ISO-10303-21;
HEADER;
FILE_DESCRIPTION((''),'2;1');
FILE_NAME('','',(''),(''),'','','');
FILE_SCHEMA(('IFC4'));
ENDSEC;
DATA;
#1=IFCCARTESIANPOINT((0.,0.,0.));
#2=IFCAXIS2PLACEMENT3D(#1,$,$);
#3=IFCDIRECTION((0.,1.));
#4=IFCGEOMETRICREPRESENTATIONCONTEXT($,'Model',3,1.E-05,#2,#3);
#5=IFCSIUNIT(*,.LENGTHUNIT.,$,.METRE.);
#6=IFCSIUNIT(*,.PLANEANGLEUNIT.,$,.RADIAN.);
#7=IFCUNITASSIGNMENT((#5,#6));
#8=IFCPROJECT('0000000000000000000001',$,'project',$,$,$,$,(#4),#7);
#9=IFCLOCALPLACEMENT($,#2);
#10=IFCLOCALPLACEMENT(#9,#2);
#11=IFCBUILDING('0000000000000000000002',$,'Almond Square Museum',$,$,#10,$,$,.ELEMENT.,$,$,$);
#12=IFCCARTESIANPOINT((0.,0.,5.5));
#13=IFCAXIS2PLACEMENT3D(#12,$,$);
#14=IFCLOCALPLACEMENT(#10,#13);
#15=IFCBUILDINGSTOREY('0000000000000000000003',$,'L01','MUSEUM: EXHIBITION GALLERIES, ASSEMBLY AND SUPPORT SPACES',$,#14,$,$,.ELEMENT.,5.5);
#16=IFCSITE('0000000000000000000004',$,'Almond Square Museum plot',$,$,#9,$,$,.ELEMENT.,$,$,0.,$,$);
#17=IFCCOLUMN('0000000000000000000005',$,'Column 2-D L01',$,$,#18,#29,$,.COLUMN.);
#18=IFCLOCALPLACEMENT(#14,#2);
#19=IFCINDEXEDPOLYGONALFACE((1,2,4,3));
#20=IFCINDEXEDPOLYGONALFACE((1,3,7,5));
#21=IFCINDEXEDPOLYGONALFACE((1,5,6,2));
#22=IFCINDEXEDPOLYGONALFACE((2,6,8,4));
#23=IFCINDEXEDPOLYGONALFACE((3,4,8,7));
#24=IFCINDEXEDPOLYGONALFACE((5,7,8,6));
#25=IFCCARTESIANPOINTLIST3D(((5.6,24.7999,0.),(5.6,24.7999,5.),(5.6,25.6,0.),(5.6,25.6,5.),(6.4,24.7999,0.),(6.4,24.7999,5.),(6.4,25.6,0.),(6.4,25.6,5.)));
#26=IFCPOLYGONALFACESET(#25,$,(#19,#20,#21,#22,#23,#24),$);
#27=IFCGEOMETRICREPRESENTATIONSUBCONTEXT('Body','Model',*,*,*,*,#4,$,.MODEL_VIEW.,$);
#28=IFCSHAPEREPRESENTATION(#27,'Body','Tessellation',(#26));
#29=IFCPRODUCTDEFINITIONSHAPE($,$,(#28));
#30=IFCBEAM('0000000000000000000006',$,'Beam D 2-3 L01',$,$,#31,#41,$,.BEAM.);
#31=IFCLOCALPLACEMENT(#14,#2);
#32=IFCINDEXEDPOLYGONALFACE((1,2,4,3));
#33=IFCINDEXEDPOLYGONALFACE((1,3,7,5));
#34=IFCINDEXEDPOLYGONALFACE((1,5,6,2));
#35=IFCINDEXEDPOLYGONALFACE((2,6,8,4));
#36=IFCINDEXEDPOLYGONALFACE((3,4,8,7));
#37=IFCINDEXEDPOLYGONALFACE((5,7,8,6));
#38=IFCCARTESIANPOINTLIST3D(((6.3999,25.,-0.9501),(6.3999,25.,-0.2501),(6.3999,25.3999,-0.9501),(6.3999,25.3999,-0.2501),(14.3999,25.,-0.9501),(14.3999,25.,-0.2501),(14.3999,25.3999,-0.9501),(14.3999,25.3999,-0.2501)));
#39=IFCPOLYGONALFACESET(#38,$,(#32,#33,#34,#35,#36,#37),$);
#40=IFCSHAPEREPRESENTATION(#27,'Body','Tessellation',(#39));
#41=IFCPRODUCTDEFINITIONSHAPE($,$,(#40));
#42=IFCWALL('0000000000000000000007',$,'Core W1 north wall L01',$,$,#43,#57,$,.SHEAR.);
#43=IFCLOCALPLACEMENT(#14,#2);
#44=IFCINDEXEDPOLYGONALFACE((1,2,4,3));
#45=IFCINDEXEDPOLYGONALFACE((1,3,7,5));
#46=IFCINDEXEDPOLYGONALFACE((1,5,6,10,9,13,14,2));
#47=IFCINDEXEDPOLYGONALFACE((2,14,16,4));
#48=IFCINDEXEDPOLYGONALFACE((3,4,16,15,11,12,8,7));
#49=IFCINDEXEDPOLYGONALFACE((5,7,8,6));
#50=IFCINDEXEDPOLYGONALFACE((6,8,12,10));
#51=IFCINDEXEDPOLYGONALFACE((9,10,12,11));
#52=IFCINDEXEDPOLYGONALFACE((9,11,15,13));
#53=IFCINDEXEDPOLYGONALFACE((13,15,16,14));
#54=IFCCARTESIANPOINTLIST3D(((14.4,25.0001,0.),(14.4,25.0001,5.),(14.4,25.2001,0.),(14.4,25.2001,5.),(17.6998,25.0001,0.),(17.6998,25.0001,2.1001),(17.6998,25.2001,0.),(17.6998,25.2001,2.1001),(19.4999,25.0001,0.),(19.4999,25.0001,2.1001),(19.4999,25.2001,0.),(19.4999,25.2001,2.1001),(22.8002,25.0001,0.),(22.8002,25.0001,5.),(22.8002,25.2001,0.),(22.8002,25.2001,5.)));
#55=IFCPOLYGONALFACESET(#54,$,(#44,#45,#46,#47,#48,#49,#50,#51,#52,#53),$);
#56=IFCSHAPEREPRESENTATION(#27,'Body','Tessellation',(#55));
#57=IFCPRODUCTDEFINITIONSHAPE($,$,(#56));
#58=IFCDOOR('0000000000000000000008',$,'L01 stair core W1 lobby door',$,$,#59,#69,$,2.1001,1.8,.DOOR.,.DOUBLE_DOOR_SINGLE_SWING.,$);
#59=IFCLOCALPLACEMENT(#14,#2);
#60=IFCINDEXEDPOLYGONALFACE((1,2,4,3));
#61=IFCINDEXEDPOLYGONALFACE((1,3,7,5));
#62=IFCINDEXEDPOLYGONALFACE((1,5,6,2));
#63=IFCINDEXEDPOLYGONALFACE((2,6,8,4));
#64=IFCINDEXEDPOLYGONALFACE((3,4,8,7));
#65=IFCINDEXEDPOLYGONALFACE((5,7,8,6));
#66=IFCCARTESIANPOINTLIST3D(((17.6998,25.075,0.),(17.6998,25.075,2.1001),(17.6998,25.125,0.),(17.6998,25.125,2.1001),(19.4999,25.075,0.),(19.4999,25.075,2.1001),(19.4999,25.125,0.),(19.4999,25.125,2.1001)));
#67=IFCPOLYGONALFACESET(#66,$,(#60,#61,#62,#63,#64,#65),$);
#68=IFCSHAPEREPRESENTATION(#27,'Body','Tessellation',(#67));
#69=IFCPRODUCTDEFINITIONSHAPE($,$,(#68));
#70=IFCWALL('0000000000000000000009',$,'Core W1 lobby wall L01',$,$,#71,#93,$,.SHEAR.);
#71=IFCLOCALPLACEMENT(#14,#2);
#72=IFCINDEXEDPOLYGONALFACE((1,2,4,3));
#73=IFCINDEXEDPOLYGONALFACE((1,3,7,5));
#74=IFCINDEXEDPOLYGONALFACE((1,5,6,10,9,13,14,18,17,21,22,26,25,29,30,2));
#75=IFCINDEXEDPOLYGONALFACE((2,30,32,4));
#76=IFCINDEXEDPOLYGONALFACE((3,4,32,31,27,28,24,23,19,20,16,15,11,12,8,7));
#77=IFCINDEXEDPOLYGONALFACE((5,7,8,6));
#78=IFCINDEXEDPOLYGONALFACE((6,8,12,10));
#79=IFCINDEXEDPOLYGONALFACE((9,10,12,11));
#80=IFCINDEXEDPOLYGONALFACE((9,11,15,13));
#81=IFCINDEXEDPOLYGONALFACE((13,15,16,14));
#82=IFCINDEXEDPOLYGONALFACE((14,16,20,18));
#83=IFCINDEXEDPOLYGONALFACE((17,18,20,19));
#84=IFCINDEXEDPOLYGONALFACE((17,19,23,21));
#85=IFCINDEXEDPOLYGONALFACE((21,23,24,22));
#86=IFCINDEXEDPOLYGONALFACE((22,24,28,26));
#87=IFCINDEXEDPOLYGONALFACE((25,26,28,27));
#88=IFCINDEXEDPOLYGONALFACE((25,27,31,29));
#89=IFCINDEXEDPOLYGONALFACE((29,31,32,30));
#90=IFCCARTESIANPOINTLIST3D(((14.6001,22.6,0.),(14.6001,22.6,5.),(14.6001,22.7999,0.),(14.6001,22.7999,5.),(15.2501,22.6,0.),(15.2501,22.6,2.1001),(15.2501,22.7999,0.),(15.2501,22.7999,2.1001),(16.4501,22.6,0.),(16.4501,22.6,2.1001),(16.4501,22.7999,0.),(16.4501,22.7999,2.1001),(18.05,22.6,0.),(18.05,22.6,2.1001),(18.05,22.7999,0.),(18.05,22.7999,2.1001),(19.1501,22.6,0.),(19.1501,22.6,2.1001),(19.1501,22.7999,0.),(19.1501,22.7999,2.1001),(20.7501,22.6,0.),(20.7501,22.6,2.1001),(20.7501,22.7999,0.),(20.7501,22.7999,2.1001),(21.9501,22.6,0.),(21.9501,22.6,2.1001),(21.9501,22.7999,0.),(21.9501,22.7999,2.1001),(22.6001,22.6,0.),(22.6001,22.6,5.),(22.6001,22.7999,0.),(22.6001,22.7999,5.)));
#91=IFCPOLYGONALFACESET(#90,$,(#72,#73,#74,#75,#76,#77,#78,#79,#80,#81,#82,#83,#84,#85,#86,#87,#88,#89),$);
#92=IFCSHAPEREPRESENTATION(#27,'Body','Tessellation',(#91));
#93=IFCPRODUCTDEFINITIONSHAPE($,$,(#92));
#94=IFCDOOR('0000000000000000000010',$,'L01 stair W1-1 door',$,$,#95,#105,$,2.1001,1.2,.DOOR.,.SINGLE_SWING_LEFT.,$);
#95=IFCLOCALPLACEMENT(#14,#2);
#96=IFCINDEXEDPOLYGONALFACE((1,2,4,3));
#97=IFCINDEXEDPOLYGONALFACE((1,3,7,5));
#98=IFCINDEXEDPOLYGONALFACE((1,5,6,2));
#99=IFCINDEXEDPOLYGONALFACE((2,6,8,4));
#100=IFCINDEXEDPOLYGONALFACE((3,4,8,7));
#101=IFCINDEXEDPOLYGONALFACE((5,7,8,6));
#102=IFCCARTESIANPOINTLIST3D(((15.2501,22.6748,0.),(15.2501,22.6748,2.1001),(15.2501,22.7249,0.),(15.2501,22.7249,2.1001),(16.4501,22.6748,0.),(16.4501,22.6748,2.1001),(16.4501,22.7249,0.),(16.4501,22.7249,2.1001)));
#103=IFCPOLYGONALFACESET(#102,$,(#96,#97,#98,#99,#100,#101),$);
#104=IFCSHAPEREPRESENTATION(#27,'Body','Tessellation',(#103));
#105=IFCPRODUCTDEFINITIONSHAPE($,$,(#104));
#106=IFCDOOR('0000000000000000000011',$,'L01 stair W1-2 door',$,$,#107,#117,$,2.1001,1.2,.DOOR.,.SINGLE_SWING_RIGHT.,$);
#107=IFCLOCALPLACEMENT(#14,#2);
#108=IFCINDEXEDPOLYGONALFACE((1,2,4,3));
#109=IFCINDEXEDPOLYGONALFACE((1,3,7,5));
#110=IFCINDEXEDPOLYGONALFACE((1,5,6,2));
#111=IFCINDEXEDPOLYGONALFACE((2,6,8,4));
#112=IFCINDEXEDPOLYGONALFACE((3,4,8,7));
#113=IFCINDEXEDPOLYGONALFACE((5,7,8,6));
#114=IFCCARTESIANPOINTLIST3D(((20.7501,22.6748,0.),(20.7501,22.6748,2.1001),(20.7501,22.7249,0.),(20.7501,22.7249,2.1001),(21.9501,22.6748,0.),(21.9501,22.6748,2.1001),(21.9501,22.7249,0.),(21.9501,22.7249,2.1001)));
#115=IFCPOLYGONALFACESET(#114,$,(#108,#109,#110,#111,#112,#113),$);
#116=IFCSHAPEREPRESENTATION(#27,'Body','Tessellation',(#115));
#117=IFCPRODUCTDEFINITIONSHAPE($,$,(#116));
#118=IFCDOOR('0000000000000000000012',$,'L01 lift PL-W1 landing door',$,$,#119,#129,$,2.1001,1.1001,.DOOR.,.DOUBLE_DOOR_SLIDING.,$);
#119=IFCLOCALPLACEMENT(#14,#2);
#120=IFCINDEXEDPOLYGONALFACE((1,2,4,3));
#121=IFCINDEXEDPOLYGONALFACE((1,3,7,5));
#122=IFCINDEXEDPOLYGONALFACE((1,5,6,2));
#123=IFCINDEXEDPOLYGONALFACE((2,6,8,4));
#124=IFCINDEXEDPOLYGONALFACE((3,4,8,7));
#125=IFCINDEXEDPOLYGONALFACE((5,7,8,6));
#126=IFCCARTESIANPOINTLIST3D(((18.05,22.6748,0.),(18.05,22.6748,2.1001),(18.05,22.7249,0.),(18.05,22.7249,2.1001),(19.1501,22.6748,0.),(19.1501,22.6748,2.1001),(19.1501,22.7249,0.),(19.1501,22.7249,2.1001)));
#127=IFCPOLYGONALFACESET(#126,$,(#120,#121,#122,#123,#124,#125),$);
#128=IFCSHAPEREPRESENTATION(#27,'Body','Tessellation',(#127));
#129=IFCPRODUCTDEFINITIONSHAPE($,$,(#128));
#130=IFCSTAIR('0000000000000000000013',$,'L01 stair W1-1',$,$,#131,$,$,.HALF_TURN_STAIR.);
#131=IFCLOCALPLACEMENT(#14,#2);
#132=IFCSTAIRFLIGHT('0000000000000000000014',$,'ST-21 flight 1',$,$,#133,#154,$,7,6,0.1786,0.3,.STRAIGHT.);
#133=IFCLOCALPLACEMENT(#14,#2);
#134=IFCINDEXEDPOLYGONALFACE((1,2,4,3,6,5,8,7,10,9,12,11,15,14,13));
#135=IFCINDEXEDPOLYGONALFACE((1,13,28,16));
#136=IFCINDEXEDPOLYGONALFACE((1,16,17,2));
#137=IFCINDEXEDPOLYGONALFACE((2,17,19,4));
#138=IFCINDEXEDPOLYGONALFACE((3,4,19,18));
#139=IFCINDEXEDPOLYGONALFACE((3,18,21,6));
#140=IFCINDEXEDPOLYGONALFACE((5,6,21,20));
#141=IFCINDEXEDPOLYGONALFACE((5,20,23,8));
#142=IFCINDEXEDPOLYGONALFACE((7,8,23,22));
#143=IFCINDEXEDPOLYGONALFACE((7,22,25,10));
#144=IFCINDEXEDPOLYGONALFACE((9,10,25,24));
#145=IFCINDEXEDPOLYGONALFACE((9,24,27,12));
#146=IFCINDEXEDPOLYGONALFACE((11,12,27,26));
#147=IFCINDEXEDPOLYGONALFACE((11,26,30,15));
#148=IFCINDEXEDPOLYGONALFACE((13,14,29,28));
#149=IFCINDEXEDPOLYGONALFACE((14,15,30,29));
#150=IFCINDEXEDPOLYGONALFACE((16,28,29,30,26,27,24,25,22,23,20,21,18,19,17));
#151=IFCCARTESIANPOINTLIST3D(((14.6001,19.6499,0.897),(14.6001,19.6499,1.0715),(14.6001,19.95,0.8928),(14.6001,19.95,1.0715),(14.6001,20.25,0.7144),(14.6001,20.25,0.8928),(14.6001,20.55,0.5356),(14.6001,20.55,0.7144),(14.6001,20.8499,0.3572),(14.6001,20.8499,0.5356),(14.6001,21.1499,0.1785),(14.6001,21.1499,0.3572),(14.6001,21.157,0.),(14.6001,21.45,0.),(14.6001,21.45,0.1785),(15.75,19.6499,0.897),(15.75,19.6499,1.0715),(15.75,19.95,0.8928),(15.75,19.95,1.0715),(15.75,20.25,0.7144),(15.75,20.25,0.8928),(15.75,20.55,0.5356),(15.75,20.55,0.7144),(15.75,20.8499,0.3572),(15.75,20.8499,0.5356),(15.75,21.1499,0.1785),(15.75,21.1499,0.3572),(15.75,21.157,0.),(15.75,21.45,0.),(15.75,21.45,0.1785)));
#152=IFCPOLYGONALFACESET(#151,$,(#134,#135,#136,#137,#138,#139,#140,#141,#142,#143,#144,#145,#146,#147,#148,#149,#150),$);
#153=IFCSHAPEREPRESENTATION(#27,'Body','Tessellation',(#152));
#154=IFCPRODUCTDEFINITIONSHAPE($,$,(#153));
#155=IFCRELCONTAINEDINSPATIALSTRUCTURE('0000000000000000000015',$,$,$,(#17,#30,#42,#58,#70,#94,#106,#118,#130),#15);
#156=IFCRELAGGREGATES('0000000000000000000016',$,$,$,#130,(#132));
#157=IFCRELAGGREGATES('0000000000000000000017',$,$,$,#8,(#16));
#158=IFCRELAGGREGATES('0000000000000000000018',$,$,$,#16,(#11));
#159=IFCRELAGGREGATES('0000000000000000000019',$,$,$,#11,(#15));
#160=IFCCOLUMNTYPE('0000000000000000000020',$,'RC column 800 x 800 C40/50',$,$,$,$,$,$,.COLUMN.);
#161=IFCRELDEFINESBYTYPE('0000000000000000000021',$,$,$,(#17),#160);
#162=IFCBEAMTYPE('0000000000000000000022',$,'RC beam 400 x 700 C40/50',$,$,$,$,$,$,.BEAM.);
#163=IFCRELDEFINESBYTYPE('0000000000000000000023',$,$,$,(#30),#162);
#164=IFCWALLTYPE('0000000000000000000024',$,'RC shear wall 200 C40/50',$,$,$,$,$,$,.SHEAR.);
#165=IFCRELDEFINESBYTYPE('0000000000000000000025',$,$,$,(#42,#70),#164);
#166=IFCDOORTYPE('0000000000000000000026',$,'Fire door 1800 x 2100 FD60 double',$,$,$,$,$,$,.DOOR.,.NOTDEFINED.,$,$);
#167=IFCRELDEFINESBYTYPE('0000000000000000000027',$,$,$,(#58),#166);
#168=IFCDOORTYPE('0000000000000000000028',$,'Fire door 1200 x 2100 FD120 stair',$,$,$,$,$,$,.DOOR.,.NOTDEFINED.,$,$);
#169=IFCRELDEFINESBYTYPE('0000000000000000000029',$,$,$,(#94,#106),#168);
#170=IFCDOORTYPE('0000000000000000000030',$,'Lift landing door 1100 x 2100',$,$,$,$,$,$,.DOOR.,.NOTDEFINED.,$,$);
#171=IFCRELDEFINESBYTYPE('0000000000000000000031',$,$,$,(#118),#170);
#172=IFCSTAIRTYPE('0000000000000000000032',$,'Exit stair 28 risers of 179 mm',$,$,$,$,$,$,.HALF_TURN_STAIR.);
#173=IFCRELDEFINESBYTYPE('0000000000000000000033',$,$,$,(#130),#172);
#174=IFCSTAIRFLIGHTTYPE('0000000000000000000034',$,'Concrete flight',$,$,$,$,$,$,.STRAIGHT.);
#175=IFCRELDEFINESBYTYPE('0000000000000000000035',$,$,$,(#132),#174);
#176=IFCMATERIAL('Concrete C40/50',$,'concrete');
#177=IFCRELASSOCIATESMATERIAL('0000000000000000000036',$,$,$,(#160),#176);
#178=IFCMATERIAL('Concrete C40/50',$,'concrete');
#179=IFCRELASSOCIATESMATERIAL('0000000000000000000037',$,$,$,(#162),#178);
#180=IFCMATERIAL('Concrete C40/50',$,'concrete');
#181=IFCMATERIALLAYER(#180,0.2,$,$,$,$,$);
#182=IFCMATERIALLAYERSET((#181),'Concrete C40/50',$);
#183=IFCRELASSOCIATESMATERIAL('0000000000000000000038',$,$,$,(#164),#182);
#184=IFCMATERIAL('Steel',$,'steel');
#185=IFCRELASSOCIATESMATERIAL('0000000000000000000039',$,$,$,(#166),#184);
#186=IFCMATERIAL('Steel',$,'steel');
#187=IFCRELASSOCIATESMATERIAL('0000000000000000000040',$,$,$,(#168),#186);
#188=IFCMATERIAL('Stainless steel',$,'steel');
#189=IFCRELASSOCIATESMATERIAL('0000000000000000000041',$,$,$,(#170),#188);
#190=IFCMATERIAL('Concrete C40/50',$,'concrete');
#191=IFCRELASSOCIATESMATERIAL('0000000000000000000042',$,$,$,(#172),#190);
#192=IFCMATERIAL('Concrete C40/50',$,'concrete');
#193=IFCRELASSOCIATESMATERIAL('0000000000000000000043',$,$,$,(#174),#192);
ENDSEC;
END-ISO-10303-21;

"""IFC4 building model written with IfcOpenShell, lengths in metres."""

from ifc_helpers import new_model, si_unit, direction, frame, frame_2d, origin, origin_2d, place, context, subcontext, project, spatial, polyline, rectangle, outline, extrude, material, layer, layer_set, material_profile, profile_set, type_object, element, fill, aggregate, save


model = new_model("IFC4")

# Units and contexts
model_context = context("Model", 3, precision=1e-05, world=origin(), true_north=direction((0.0, 1.0)))
body_context = subcontext(model_context, "Body", "Model", "MODEL_VIEW")
ifc_project = project(units=[si_unit("LENGTHUNIT", "METRE"), si_unit("PLANEANGLEUNIT", "RADIAN")], contexts=[model_context])

# Site, building, storey
site_placement = place(None, origin())
site = spatial("IfcSite", under=ifc_project, at=site_placement, Name="Almond Square Museum plot", CompositionType="ELEMENT", RefElevation=0.0)
building_placement = place(site_placement, origin())
building = spatial("IfcBuilding", under=site, at=building_placement, Name="Almond Square Museum", CompositionType="ELEMENT")
storey_placement = place(building_placement, frame((0.0, 0.0, 5.5)))
storey = spatial("IfcBuildingStorey", under=building, at=storey_placement, Name="L01", Description="MUSEUM: EXHIBITION GALLERIES, ASSEMBLY AND SUPPORT SPACES", CompositionType="ELEMENT", Elevation=5.5)

# Column
ifc_material_1 = material(Name="Concrete C40/50", Category="concrete")
ifc_material_profile_1 = material_profile(ifc_material_1, rectangle(XDim=0.8, YDim=0.8, at=origin_2d()))
ifc_profile_set_1 = profile_set([ifc_material_profile_1], Name="Concrete C40/50")
column_type = type_object("IfcColumnType", Name="RC column 800 x 800 C40/50", PredefinedType="COLUMN", material=ifc_profile_set_1)
column_placement = place(storey_placement, frame((6.0, 25.2, 0.0), z_axis=(0.0, 0.0, 1.0), x_axis=(1.0, 0.0, 0.0)))
element("IfcColumn", 1, at=column_placement, inside=storey, type_object=column_type, Name="Column 2-D L01", PredefinedType="COLUMN", context=body_context, shape_type="SweptSolid", body=[
    extrude(rectangle(XDim=0.8, YDim=0.8, at=origin_2d()), origin(), (0.0, 0.0, 1.0), 5.0),
])

# Beam
ifc_material_2 = material(Name="Concrete C40/50", Category="concrete")
ifc_material_profile_2 = material_profile(ifc_material_2, rectangle(XDim=0.3999, YDim=0.7, at=origin_2d()))
ifc_profile_set_2 = profile_set([ifc_material_profile_2], Name="Concrete C40/50")
beam_type = type_object("IfcBeamType", Name="RC beam 400 x 700 C40/50", PredefinedType="BEAM", material=ifc_profile_set_2)
beam_placement = place(storey_placement, frame((6.3999, 25.2, -0.6001), z_axis=(1.0, 0.0, 0.0), x_axis=(0.0, 1.0, 0.0)))
element("IfcBeam", 2, at=beam_placement, inside=storey, type_object=beam_type, Name="Beam D 2-3 L01", PredefinedType="BEAM", context=body_context, shape_type="SweptSolid", body=[
    extrude(rectangle(XDim=0.3999, YDim=0.7, at=origin_2d()), origin(), (0.0, 0.0, 1.0), 8.0),
])

# Wall, opening, door
ifc_material_3 = material(Name="Concrete C40/50", Category="concrete")
ifc_layer = layer(ifc_material_3, 0.2)
ifc_layer_set = layer_set([ifc_layer], Name="Concrete C40/50")
wall_type = type_object("IfcWallType", Name="RC shear wall 200 C40/50", PredefinedType="SHEAR", material=ifc_layer_set)
wall_1_placement = place(storey_placement, frame((14.3999, 25.1001, 0.0), z_axis=(0.0, 0.0, 1.0), x_axis=(1.0, 0.0, 0.0)))
wall_1 = element("IfcWall", 3, at=wall_1_placement, inside=storey, type_object=wall_type, Name="Core W1 north wall L01", PredefinedType="SHEAR", context=body_context, shape_type="SweptSolid", body=[
    extrude(rectangle(XDim=8.4001, YDim=0.2, at=frame_2d((4.2002, 0.0))), origin(), (0.0, 0.0, 1.0), 5.0),
])
opening_1_placement = place(wall_1_placement, frame((3.3, 0.0, 0.0)))
opening_1 = element("IfcOpeningElement", 4, at=opening_1_placement, cuts=wall_1, PredefinedType="OPENING", context=body_context, shape_type="SweptSolid", body=[
    extrude(rectangle(XDim=1.8, YDim=2.1001, at=frame_2d((0.8999, 1.05))), frame((0.0, 0.1099, 0.0), z_axis=(0.0, -1.0, 0.0), x_axis=(1.0, 0.0, 0.0)), (0.0, 0.0, 1.0), 0.22),
])
ifc_material_4 = material(Name="Steel", Category="steel")
door_type_1 = type_object("IfcDoorType", Name="Fire door 1800 x 2100 FD60 double", OperationType="NOTDEFINED", PredefinedType="DOOR", material=ifc_material_4)
door_1_placement = place(opening_1_placement, origin())
door_1 = element("IfcDoor", 5, at=door_1_placement, inside=storey, type_object=door_type_1, Name="L01 stair core W1 lobby door", OperationType="DOUBLE_DOOR_SINGLE_SWING", OverallHeight=2.1001, OverallWidth=1.8, PredefinedType="DOOR", context=body_context, shape_type="SweptSolid", body=[
    extrude(rectangle(XDim=1.8, YDim=2.1001, at=frame_2d((0.8999, 1.05))), frame((0.0, 0.0249, 0.0), z_axis=(0.0, -1.0, 0.0), x_axis=(1.0, 0.0, 0.0)), (0.0, 0.0, 1.0), 0.05),
])
fill(opening_1, door_1)

# Wall, openings, doors
wall_2_placement = place(storey_placement, frame((14.6001, 22.7, 0.0), z_axis=(0.0, 0.0, 1.0), x_axis=(1.0, 0.0, 0.0)))
wall_2 = element("IfcWall", 6, at=wall_2_placement, inside=storey, type_object=wall_type, Name="Core W1 lobby wall L01", PredefinedType="SHEAR", context=body_context, shape_type="SweptSolid", body=[
    extrude(rectangle(XDim=8.0, YDim=0.2, at=frame_2d((4.0, 0.0))), origin(), (0.0, 0.0, 1.0), 5.0),
])
opening_2_placement = place(wall_2_placement, frame((0.6499, 0.0, 0.0)))
opening_2 = element("IfcOpeningElement", 7, at=opening_2_placement, cuts=wall_2, PredefinedType="OPENING", context=body_context, shape_type="SweptSolid", body=[
    extrude(rectangle(XDim=1.2, YDim=2.1001, at=frame_2d((0.6001, 1.05))), frame((0.0, 0.1099, 0.0), z_axis=(0.0, -1.0, 0.0), x_axis=(1.0, 0.0, 0.0)), (0.0, 0.0, 1.0), 0.22),
])
opening_3_placement = place(wall_2_placement, frame((6.1499, 0.0, 0.0)))
opening_3 = element("IfcOpeningElement", 8, at=opening_3_placement, cuts=wall_2, PredefinedType="OPENING", context=body_context, shape_type="SweptSolid", body=[
    extrude(rectangle(XDim=1.2, YDim=2.1001, at=frame_2d((0.6001, 1.05))), frame((0.0, 0.1099, 0.0), z_axis=(0.0, -1.0, 0.0), x_axis=(1.0, 0.0, 0.0)), (0.0, 0.0, 1.0), 0.22),
])
opening_4_placement = place(wall_2_placement, frame((3.45, 0.0, 0.0)))
opening_4 = element("IfcOpeningElement", 9, at=opening_4_placement, cuts=wall_2, PredefinedType="OPENING", context=body_context, shape_type="SweptSolid", body=[
    extrude(rectangle(XDim=1.1001, YDim=2.1001, at=frame_2d((0.55, 1.05))), frame((0.0, 0.1099, 0.0), z_axis=(0.0, -1.0, 0.0), x_axis=(1.0, 0.0, 0.0)), (0.0, 0.0, 1.0), 0.22),
])
ifc_material_5 = material(Name="Steel", Category="steel")
door_type_2 = type_object("IfcDoorType", Name="Fire door 1200 x 2100 FD120 stair", OperationType="NOTDEFINED", PredefinedType="DOOR", material=ifc_material_5)
door_2_placement = place(opening_2_placement, origin())
door_2 = element("IfcDoor", 10, at=door_2_placement, inside=storey, type_object=door_type_2, Name="L01 stair W1-1 door", OperationType="SINGLE_SWING_LEFT", OverallHeight=2.1001, OverallWidth=1.2, PredefinedType="DOOR", context=body_context, shape_type="SweptSolid", body=[
    extrude(rectangle(XDim=1.2, YDim=2.1001, at=frame_2d((0.6001, 1.05))), frame((0.0, 0.0249, 0.0), z_axis=(0.0, -1.0, 0.0), x_axis=(1.0, 0.0, 0.0)), (0.0, 0.0, 1.0), 0.05),
])
fill(opening_2, door_2)
door_3_placement = place(opening_3_placement, origin())
door_3 = element("IfcDoor", 11, at=door_3_placement, inside=storey, type_object=door_type_2, Name="L01 stair W1-2 door", OperationType="SINGLE_SWING_RIGHT", OverallHeight=2.1001, OverallWidth=1.2, PredefinedType="DOOR", context=body_context, shape_type="SweptSolid", body=[
    extrude(rectangle(XDim=1.2, YDim=2.1001, at=frame_2d((0.6001, 1.05))), frame((0.0, 0.0249, 0.0), z_axis=(0.0, -1.0, 0.0), x_axis=(1.0, 0.0, 0.0)), (0.0, 0.0, 1.0), 0.05),
])
fill(opening_3, door_3)
ifc_material_6 = material(Name="Stainless steel", Category="steel")
door_type_3 = type_object("IfcDoorType", Name="Lift landing door 1100 x 2100", OperationType="NOTDEFINED", PredefinedType="DOOR", material=ifc_material_6)
door_4_placement = place(opening_4_placement, origin())
door_4 = element("IfcDoor", 12, at=door_4_placement, inside=storey, type_object=door_type_3, Name="L01 lift PL-W1 landing door", OperationType="DOUBLE_DOOR_SLIDING", OverallHeight=2.1001, OverallWidth=1.1001, PredefinedType="DOOR", context=body_context, shape_type="SweptSolid", body=[
    extrude(rectangle(XDim=1.1001, YDim=2.1001, at=frame_2d((0.55, 1.05))), frame((0.0, 0.0249, 0.0), z_axis=(0.0, -1.0, 0.0), x_axis=(1.0, 0.0, 0.0)), (0.0, 0.0, 1.0), 0.05),
])
fill(opening_4, door_4)

# Stair, stair flight
ifc_material_7 = material(Name="Concrete C40/50", Category="concrete")
stair_type = type_object("IfcStairType", Name="Exit stair 28 risers of 179 mm", PredefinedType="HALF_TURN_STAIR", material=ifc_material_7)
stair_placement = place(storey_placement, origin())
stair = element("IfcStair", 13, at=stair_placement, inside=storey, type_object=stair_type, Name="L01 stair W1-1", PredefinedType="HALF_TURN_STAIR")
ifc_material_8 = material(Name="Concrete C40/50", Category="concrete")
stair_flight_type = type_object("IfcStairFlightType", Name="Concrete flight", PredefinedType="STRAIGHT", material=ifc_material_8)
stair_flight_1_placement = place(storey_placement, frame((15.175, 21.45, 0.0), z_axis=(0.0, 0.0, 1.0), x_axis=(0.0, -1.0, 0.0)))
stair_flight_1 = element("IfcStairFlight", 14, at=stair_flight_1_placement, type_object=stair_flight_type, Name="ST-21 flight 1", NumberOfRisers=7, NumberOfTreads=6, PredefinedType="STRAIGHT", RiserHeight=0.1786, TreadLength=0.3, context=body_context, shape_type="SweptSolid", body=[
    extrude(outline(polyline([(0.0, 0.0), (0.0, 0.1785), (0.3, 0.1785), (0.3, 0.3572), (0.6001, 0.3572), (0.6001, 0.5356), (0.8999, 0.5356), (0.8999, 0.7144), (1.2, 0.7144), (1.2, 0.8928), (1.5, 0.8928), (1.5, 1.0715), (1.8, 1.0715), (1.8, 1.25), (1.8, 0.897), (0.293, 0.0), (0.0, 0.0)])), frame((0.0, 0.575, 0.0), z_axis=(0.0, -1.0, 0.0), x_axis=(1.0, 0.0, 0.0)), (0.0, 0.0, 1.0), 1.1499),
])
aggregate(stair, [stair_flight_1])

save(model, "model.ifc")
